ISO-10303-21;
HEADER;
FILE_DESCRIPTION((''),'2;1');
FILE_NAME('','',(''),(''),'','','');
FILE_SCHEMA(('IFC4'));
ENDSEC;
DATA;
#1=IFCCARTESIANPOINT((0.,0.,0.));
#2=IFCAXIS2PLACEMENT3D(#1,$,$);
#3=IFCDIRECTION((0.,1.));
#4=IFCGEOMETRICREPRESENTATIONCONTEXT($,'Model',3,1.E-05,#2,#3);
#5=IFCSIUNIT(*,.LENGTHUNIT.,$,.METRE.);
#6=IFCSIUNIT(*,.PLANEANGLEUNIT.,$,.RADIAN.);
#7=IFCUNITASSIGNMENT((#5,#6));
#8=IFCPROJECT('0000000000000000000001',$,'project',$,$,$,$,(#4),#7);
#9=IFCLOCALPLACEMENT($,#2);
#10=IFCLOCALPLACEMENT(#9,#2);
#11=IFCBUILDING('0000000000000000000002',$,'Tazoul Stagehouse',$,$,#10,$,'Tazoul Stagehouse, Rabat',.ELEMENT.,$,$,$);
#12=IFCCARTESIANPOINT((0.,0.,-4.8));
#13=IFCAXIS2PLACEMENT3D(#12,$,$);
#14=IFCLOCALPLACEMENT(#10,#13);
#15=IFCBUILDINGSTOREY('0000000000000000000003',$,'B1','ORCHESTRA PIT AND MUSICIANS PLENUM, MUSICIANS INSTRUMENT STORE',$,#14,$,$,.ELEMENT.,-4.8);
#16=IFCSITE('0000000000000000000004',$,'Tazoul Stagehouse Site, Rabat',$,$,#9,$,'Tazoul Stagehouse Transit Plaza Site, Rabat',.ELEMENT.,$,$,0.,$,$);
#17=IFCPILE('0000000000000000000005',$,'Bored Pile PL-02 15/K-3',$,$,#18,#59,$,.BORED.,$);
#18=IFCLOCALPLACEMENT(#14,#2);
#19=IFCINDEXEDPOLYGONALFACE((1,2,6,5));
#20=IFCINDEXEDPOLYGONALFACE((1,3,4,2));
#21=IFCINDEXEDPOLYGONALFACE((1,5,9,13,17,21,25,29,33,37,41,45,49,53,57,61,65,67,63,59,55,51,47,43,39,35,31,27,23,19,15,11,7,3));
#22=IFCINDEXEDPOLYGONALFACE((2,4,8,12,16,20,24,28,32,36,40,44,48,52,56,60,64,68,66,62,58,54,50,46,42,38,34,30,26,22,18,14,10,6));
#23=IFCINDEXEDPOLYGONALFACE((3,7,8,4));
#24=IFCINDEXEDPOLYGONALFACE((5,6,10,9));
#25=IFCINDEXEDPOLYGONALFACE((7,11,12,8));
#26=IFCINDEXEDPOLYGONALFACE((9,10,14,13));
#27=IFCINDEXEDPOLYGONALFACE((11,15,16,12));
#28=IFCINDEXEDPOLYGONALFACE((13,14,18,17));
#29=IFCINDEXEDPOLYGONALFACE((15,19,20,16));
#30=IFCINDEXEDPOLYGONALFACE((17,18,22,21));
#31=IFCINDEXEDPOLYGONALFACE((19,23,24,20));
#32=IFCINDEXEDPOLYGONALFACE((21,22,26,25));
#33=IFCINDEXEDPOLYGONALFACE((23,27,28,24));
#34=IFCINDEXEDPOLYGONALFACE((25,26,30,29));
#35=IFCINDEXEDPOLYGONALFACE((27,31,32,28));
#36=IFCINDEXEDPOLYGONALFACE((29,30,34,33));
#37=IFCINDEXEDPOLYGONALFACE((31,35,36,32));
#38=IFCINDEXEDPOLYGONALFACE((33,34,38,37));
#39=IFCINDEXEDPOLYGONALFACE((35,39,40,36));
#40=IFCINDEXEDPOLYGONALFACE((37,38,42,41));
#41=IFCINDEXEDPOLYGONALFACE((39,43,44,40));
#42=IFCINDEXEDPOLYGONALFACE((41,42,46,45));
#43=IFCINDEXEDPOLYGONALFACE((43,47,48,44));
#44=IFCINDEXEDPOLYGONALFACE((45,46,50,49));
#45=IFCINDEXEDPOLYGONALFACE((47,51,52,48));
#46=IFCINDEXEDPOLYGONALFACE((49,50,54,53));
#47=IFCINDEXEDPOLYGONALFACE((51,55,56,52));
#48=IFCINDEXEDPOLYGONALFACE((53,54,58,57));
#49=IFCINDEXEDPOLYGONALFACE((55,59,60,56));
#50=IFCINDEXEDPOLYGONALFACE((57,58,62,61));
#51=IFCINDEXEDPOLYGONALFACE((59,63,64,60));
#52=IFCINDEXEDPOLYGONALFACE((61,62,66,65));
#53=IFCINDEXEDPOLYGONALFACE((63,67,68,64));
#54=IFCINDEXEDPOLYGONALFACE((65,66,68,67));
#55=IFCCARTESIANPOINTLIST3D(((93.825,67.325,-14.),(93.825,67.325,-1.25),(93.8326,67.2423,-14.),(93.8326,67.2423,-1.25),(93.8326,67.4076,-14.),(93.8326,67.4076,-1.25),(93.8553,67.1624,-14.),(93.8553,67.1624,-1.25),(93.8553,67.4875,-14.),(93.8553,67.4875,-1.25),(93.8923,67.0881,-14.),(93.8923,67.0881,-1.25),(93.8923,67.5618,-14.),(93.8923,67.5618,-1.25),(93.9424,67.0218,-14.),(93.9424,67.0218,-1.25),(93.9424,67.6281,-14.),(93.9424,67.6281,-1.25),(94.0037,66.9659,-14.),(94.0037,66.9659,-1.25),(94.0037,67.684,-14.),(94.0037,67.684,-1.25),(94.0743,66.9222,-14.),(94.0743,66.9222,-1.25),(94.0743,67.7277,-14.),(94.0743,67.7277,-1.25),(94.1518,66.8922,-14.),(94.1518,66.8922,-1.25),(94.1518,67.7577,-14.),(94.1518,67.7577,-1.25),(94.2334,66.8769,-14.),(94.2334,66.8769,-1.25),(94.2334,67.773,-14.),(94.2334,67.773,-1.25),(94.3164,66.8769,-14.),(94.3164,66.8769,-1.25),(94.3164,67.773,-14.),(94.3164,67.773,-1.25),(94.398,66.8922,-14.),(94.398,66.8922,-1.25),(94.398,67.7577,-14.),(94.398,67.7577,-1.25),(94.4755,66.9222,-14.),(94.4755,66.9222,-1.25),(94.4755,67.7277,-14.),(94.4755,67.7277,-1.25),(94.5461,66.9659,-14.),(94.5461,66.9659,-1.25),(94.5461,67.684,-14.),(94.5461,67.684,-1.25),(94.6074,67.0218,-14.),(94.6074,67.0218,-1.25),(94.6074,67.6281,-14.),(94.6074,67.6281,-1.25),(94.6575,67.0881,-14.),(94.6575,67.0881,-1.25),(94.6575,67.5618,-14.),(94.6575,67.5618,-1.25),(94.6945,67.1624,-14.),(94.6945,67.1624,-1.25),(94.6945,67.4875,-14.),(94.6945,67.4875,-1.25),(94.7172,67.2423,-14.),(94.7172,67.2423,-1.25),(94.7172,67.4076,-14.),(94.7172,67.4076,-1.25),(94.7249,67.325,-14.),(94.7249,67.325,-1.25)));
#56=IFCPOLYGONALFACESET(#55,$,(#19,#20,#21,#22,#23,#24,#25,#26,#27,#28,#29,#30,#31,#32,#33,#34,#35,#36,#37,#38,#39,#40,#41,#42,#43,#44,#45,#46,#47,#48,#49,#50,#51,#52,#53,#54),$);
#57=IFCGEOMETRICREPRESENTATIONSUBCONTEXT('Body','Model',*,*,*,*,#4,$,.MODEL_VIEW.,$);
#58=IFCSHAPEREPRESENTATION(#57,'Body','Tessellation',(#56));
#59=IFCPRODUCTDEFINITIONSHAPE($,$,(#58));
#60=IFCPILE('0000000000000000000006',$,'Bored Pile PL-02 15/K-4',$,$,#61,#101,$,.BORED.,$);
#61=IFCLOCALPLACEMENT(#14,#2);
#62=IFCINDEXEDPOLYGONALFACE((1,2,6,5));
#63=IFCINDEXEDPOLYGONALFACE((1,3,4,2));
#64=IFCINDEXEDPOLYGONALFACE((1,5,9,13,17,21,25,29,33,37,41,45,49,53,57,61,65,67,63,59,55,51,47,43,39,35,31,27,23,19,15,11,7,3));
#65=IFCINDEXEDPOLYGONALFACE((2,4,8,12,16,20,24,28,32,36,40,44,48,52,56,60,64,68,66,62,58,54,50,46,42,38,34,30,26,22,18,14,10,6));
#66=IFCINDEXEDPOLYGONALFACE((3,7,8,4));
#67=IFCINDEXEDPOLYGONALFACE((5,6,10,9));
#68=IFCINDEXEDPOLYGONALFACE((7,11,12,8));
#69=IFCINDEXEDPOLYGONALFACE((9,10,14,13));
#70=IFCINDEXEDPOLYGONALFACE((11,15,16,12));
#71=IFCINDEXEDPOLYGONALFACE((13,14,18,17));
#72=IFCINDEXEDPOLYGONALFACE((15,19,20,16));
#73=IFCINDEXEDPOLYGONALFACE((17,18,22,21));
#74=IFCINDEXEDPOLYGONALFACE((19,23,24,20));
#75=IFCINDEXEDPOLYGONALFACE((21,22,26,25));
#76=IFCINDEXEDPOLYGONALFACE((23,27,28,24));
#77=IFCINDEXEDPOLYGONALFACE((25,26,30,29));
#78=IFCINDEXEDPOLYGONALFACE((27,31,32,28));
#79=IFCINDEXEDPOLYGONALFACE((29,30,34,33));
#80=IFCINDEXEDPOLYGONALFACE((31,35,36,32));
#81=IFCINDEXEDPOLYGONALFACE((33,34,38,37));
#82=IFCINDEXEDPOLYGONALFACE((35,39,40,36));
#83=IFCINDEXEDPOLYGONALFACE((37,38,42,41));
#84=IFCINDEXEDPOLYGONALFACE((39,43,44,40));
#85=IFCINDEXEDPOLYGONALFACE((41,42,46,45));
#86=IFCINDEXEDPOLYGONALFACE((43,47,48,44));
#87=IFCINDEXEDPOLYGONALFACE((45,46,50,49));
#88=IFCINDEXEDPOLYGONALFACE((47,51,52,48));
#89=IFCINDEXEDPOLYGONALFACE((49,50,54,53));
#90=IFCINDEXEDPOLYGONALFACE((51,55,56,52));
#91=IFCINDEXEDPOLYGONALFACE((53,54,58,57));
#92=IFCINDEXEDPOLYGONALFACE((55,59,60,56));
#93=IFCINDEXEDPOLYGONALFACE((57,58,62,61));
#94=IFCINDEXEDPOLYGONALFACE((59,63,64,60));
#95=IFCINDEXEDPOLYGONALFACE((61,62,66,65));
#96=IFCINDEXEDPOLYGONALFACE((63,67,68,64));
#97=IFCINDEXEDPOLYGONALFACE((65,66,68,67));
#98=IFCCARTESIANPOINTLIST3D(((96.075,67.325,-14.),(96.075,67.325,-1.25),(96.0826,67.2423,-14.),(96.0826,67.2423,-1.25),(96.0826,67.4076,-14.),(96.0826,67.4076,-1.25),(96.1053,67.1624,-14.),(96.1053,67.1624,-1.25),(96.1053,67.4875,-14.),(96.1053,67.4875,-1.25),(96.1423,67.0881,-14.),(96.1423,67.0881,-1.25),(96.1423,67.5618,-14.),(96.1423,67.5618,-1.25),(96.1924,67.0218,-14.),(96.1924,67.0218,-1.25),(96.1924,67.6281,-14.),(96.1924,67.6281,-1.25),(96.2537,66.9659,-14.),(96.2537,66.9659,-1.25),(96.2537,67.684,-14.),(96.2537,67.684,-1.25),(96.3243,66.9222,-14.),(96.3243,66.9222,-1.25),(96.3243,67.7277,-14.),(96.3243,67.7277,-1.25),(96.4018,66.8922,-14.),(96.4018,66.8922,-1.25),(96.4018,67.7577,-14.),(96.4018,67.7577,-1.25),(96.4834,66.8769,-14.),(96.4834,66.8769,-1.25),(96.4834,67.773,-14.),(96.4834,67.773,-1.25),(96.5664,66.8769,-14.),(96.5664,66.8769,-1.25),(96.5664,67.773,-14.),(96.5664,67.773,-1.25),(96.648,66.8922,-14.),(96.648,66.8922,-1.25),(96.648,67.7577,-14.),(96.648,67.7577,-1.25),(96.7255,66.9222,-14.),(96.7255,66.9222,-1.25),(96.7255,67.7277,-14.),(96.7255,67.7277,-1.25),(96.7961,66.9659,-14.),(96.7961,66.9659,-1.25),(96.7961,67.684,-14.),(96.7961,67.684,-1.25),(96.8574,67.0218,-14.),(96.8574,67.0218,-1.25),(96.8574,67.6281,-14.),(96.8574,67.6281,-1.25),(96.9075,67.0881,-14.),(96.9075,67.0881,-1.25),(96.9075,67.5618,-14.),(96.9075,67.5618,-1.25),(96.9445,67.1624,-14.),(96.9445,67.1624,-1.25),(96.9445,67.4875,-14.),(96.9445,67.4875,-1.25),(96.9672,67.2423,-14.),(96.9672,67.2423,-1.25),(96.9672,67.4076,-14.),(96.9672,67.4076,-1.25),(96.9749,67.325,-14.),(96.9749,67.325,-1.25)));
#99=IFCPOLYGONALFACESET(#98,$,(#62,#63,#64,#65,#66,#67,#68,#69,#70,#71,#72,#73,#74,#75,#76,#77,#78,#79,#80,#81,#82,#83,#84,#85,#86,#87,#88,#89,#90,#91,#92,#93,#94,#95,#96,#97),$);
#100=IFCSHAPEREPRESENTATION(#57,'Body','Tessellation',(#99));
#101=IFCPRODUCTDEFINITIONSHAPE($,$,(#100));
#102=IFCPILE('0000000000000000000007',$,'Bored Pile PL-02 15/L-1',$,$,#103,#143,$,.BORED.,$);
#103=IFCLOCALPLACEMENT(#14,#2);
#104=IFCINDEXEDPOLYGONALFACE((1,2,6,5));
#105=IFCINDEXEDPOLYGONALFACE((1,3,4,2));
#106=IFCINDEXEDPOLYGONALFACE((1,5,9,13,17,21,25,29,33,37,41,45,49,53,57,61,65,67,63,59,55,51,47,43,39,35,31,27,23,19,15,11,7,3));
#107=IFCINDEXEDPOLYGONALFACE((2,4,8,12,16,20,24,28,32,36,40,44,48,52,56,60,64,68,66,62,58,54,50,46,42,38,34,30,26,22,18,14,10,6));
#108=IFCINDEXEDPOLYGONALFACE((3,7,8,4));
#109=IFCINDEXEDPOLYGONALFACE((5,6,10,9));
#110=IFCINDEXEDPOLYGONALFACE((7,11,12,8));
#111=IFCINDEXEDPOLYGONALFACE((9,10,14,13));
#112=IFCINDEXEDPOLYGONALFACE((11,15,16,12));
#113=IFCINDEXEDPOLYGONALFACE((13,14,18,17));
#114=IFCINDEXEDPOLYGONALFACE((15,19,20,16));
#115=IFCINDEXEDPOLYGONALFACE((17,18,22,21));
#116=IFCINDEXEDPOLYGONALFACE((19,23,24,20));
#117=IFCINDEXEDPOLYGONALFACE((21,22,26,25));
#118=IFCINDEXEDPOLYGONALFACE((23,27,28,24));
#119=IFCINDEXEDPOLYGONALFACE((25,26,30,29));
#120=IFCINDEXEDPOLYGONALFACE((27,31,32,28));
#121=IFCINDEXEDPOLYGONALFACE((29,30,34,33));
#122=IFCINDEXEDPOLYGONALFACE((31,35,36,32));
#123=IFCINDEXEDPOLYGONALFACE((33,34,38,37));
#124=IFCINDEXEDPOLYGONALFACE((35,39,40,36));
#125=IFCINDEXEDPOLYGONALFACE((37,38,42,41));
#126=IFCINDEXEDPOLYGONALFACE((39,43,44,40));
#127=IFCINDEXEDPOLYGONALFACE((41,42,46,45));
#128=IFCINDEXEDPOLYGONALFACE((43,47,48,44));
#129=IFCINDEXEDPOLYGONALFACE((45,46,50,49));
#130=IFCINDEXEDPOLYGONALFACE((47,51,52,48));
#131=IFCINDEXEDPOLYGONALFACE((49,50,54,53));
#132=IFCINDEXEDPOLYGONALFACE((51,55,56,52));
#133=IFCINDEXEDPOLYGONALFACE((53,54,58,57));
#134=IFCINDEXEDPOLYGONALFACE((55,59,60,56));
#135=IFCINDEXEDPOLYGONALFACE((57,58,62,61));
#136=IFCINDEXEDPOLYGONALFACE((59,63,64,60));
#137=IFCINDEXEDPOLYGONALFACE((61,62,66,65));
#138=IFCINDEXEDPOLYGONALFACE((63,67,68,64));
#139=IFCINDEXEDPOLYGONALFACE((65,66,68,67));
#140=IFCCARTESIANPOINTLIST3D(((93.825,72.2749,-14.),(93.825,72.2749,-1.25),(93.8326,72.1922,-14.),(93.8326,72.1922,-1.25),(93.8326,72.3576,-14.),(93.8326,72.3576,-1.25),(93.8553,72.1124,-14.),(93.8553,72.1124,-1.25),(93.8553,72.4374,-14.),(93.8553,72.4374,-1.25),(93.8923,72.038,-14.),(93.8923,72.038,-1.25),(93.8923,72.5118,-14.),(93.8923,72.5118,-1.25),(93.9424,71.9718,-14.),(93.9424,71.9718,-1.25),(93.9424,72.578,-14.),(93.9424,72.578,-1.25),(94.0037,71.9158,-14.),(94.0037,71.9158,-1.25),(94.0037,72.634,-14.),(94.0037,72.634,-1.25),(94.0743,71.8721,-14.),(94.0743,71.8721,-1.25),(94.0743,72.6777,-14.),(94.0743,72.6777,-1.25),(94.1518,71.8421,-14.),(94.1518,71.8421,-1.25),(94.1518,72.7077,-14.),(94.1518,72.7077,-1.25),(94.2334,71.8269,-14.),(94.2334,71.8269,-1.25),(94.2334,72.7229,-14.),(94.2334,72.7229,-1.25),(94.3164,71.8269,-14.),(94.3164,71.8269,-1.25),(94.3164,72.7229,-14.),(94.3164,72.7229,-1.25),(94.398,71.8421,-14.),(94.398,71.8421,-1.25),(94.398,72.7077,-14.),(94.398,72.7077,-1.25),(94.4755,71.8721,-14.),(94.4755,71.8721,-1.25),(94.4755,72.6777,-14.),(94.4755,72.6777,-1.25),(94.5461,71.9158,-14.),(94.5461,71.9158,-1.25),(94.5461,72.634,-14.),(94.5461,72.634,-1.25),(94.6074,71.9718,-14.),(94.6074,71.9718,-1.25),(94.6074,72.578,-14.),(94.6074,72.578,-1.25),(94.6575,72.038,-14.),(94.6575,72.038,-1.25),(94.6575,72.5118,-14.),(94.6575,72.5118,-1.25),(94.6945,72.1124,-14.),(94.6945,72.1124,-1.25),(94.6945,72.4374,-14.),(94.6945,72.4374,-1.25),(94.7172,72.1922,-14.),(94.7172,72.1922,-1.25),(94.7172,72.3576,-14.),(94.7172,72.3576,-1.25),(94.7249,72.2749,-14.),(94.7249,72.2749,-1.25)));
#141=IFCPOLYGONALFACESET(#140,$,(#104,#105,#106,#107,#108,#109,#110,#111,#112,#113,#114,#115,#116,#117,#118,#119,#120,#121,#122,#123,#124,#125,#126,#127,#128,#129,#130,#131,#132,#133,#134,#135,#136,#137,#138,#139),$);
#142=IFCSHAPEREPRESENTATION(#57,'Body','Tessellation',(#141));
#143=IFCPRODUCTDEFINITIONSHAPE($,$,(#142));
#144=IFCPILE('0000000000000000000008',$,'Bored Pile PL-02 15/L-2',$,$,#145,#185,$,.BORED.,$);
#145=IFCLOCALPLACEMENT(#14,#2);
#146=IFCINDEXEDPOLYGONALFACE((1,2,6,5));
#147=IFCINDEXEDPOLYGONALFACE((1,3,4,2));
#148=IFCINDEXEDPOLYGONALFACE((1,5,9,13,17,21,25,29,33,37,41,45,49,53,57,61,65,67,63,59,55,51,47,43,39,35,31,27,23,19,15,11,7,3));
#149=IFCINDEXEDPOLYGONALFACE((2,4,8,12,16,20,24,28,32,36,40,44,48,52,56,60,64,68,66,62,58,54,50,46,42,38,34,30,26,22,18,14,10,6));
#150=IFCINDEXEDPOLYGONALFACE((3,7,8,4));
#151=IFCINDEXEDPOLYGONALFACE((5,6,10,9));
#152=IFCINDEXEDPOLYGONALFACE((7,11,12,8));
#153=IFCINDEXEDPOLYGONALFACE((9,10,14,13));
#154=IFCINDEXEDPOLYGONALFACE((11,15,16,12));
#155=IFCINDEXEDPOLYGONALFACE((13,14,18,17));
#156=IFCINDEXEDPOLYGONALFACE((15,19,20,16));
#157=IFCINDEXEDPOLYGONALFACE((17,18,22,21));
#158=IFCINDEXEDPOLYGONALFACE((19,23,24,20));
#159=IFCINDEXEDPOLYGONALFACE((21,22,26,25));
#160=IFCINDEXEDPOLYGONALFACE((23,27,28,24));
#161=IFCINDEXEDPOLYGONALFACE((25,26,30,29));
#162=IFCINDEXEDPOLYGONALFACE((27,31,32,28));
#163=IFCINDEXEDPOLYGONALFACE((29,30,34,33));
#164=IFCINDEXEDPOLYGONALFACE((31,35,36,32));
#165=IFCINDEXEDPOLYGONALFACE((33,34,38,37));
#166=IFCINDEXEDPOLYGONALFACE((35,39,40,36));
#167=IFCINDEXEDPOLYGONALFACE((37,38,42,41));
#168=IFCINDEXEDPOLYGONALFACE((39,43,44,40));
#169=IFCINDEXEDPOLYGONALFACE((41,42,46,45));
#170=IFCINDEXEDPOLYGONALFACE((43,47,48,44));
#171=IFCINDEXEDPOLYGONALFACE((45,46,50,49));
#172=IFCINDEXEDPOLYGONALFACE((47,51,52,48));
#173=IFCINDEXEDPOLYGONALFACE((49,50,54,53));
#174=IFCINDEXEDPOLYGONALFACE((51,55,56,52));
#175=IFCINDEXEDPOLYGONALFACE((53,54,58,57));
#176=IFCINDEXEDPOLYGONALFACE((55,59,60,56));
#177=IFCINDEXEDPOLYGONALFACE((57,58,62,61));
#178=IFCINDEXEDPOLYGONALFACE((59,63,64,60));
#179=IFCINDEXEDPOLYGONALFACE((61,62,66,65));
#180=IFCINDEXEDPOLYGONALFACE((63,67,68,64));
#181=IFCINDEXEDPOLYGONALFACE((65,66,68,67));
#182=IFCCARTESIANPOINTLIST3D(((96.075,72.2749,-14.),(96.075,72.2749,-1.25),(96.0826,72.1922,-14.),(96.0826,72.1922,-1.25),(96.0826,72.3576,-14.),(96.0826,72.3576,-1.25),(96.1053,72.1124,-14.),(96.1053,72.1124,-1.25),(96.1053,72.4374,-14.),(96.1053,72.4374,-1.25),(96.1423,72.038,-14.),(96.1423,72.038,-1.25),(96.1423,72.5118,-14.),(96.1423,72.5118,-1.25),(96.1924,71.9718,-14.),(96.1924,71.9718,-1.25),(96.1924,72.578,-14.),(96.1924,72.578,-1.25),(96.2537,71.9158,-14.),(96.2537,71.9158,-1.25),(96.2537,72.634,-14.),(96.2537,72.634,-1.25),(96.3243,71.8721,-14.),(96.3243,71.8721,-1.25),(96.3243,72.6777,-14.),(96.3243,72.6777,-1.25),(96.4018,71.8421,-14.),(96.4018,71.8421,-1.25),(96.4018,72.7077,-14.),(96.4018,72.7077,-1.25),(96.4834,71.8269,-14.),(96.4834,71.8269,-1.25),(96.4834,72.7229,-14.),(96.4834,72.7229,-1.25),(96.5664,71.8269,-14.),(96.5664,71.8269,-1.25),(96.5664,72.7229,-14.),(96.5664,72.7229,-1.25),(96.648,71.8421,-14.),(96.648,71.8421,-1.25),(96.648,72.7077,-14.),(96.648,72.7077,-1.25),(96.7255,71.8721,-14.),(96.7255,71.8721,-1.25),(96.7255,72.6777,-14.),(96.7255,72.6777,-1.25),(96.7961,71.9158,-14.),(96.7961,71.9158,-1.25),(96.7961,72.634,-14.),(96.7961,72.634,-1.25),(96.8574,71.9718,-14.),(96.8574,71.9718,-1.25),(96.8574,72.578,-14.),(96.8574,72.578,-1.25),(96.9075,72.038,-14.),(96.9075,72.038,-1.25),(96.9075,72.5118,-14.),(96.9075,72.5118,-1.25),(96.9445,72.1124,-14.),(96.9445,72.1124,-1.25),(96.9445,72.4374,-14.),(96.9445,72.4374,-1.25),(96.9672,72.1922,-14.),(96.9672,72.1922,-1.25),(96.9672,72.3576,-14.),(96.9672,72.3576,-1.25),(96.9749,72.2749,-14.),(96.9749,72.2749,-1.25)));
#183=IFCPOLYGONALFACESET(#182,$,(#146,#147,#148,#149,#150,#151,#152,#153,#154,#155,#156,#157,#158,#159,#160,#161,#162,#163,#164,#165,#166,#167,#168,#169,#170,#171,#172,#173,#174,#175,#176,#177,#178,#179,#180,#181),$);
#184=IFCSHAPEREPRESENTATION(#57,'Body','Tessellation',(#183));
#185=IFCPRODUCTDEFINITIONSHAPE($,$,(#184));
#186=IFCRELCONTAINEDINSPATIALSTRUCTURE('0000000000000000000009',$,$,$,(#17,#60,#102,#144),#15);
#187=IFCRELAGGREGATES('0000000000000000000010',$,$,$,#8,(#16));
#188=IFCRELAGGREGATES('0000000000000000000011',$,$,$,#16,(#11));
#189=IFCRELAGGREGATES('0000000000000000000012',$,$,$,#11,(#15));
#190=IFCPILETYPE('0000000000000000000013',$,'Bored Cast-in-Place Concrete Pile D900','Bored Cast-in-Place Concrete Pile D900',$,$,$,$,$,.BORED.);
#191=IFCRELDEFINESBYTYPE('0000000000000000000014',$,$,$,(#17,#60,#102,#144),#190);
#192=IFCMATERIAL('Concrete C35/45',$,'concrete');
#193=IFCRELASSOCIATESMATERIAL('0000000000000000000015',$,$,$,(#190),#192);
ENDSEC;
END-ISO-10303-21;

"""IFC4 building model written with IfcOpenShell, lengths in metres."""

from ifc_helpers import new_model, si_unit, direction, frame, origin, origin_2d, place, context, subcontext, project, spatial, circle, extrude, material, material_profile, profile_set, type_object, element, save


model = new_model("IFC4")

# Units and contexts
model_context = context("Model", 3, precision=1e-05, world=origin(), true_north=direction((0.0, 1.0)))
body_context = subcontext(model_context, "Body", "Model", "MODEL_VIEW")
ifc_project = project(units=[si_unit("LENGTHUNIT", "METRE"), si_unit("PLANEANGLEUNIT", "RADIAN")], contexts=[model_context])

# Site, building, storey
site_placement = place(None, origin())
site = spatial("IfcSite", under=ifc_project, at=site_placement, Name="Tazoul Stagehouse Site, Rabat", LongName="Tazoul Stagehouse Transit Plaza Site, Rabat", CompositionType="ELEMENT", RefElevation=0.0)
building_placement = place(site_placement, origin())
building = spatial("IfcBuilding", under=site, at=building_placement, Name="Tazoul Stagehouse", LongName="Tazoul Stagehouse, Rabat", CompositionType="ELEMENT")
storey_placement = place(building_placement, frame((0.0, 0.0, -4.8)))
storey = spatial("IfcBuildingStorey", under=building, at=storey_placement, Name="B1", Description="ORCHESTRA PIT AND MUSICIANS PLENUM, MUSICIANS INSTRUMENT STORE", CompositionType="ELEMENT", Elevation=-4.8)

# Piles
ifc_material_1 = material(Name="Concrete C35/45", Category="concrete")
ifc_material_profile_1 = material_profile(ifc_material_1, circle(Radius=0.45, at=origin_2d()), Name="BORED PILE 900")
ifc_profile_set_1 = profile_set([ifc_material_profile_1], Name="Concrete C35/45")
pile_type_1 = type_object("IfcPileType", Name="Bored Cast-in-Place Concrete Pile D900", Description="Bored Cast-in-Place Concrete Pile D900", PredefinedType="BORED", material=ifc_profile_set_1)
for number, where, z_axis, x_axis, name in (
    (1, (94.2749, 67.325, -1.25), (0.0, 0.0, -1.0), (1.0, 0.0, 0.0), "Bored Pile PL-02 15/K-3"),
    (2, (96.5249, 67.325, -1.25), (0.0, 0.0, -1.0), (1.0, 0.0, 0.0), "Bored Pile PL-02 15/K-4"),
    (3, (94.2749, 72.2749, -1.25), (0.0, 0.0, -1.0), (1.0, 0.0, 0.0), "Bored Pile PL-02 15/L-1"),
    (4, (96.5249, 72.2749, -1.25), (0.0, 0.0, -1.0), (1.0, 0.0, 0.0), "Bored Pile PL-02 15/L-2"),
):
    element("IfcPile", number, at=place(storey_placement, frame(where, z_axis=z_axis, x_axis=x_axis)), inside=storey, type_object=pile_type_1, Name=name, PredefinedType="BORED", context=body_context, shape_type="SweptSolid", body=[
        extrude(circle(Radius=0.45, at=origin_2d()), origin(), (0.0, 0.0, 1.0), 12.75),
    ])

save(model, "model.ifc")
